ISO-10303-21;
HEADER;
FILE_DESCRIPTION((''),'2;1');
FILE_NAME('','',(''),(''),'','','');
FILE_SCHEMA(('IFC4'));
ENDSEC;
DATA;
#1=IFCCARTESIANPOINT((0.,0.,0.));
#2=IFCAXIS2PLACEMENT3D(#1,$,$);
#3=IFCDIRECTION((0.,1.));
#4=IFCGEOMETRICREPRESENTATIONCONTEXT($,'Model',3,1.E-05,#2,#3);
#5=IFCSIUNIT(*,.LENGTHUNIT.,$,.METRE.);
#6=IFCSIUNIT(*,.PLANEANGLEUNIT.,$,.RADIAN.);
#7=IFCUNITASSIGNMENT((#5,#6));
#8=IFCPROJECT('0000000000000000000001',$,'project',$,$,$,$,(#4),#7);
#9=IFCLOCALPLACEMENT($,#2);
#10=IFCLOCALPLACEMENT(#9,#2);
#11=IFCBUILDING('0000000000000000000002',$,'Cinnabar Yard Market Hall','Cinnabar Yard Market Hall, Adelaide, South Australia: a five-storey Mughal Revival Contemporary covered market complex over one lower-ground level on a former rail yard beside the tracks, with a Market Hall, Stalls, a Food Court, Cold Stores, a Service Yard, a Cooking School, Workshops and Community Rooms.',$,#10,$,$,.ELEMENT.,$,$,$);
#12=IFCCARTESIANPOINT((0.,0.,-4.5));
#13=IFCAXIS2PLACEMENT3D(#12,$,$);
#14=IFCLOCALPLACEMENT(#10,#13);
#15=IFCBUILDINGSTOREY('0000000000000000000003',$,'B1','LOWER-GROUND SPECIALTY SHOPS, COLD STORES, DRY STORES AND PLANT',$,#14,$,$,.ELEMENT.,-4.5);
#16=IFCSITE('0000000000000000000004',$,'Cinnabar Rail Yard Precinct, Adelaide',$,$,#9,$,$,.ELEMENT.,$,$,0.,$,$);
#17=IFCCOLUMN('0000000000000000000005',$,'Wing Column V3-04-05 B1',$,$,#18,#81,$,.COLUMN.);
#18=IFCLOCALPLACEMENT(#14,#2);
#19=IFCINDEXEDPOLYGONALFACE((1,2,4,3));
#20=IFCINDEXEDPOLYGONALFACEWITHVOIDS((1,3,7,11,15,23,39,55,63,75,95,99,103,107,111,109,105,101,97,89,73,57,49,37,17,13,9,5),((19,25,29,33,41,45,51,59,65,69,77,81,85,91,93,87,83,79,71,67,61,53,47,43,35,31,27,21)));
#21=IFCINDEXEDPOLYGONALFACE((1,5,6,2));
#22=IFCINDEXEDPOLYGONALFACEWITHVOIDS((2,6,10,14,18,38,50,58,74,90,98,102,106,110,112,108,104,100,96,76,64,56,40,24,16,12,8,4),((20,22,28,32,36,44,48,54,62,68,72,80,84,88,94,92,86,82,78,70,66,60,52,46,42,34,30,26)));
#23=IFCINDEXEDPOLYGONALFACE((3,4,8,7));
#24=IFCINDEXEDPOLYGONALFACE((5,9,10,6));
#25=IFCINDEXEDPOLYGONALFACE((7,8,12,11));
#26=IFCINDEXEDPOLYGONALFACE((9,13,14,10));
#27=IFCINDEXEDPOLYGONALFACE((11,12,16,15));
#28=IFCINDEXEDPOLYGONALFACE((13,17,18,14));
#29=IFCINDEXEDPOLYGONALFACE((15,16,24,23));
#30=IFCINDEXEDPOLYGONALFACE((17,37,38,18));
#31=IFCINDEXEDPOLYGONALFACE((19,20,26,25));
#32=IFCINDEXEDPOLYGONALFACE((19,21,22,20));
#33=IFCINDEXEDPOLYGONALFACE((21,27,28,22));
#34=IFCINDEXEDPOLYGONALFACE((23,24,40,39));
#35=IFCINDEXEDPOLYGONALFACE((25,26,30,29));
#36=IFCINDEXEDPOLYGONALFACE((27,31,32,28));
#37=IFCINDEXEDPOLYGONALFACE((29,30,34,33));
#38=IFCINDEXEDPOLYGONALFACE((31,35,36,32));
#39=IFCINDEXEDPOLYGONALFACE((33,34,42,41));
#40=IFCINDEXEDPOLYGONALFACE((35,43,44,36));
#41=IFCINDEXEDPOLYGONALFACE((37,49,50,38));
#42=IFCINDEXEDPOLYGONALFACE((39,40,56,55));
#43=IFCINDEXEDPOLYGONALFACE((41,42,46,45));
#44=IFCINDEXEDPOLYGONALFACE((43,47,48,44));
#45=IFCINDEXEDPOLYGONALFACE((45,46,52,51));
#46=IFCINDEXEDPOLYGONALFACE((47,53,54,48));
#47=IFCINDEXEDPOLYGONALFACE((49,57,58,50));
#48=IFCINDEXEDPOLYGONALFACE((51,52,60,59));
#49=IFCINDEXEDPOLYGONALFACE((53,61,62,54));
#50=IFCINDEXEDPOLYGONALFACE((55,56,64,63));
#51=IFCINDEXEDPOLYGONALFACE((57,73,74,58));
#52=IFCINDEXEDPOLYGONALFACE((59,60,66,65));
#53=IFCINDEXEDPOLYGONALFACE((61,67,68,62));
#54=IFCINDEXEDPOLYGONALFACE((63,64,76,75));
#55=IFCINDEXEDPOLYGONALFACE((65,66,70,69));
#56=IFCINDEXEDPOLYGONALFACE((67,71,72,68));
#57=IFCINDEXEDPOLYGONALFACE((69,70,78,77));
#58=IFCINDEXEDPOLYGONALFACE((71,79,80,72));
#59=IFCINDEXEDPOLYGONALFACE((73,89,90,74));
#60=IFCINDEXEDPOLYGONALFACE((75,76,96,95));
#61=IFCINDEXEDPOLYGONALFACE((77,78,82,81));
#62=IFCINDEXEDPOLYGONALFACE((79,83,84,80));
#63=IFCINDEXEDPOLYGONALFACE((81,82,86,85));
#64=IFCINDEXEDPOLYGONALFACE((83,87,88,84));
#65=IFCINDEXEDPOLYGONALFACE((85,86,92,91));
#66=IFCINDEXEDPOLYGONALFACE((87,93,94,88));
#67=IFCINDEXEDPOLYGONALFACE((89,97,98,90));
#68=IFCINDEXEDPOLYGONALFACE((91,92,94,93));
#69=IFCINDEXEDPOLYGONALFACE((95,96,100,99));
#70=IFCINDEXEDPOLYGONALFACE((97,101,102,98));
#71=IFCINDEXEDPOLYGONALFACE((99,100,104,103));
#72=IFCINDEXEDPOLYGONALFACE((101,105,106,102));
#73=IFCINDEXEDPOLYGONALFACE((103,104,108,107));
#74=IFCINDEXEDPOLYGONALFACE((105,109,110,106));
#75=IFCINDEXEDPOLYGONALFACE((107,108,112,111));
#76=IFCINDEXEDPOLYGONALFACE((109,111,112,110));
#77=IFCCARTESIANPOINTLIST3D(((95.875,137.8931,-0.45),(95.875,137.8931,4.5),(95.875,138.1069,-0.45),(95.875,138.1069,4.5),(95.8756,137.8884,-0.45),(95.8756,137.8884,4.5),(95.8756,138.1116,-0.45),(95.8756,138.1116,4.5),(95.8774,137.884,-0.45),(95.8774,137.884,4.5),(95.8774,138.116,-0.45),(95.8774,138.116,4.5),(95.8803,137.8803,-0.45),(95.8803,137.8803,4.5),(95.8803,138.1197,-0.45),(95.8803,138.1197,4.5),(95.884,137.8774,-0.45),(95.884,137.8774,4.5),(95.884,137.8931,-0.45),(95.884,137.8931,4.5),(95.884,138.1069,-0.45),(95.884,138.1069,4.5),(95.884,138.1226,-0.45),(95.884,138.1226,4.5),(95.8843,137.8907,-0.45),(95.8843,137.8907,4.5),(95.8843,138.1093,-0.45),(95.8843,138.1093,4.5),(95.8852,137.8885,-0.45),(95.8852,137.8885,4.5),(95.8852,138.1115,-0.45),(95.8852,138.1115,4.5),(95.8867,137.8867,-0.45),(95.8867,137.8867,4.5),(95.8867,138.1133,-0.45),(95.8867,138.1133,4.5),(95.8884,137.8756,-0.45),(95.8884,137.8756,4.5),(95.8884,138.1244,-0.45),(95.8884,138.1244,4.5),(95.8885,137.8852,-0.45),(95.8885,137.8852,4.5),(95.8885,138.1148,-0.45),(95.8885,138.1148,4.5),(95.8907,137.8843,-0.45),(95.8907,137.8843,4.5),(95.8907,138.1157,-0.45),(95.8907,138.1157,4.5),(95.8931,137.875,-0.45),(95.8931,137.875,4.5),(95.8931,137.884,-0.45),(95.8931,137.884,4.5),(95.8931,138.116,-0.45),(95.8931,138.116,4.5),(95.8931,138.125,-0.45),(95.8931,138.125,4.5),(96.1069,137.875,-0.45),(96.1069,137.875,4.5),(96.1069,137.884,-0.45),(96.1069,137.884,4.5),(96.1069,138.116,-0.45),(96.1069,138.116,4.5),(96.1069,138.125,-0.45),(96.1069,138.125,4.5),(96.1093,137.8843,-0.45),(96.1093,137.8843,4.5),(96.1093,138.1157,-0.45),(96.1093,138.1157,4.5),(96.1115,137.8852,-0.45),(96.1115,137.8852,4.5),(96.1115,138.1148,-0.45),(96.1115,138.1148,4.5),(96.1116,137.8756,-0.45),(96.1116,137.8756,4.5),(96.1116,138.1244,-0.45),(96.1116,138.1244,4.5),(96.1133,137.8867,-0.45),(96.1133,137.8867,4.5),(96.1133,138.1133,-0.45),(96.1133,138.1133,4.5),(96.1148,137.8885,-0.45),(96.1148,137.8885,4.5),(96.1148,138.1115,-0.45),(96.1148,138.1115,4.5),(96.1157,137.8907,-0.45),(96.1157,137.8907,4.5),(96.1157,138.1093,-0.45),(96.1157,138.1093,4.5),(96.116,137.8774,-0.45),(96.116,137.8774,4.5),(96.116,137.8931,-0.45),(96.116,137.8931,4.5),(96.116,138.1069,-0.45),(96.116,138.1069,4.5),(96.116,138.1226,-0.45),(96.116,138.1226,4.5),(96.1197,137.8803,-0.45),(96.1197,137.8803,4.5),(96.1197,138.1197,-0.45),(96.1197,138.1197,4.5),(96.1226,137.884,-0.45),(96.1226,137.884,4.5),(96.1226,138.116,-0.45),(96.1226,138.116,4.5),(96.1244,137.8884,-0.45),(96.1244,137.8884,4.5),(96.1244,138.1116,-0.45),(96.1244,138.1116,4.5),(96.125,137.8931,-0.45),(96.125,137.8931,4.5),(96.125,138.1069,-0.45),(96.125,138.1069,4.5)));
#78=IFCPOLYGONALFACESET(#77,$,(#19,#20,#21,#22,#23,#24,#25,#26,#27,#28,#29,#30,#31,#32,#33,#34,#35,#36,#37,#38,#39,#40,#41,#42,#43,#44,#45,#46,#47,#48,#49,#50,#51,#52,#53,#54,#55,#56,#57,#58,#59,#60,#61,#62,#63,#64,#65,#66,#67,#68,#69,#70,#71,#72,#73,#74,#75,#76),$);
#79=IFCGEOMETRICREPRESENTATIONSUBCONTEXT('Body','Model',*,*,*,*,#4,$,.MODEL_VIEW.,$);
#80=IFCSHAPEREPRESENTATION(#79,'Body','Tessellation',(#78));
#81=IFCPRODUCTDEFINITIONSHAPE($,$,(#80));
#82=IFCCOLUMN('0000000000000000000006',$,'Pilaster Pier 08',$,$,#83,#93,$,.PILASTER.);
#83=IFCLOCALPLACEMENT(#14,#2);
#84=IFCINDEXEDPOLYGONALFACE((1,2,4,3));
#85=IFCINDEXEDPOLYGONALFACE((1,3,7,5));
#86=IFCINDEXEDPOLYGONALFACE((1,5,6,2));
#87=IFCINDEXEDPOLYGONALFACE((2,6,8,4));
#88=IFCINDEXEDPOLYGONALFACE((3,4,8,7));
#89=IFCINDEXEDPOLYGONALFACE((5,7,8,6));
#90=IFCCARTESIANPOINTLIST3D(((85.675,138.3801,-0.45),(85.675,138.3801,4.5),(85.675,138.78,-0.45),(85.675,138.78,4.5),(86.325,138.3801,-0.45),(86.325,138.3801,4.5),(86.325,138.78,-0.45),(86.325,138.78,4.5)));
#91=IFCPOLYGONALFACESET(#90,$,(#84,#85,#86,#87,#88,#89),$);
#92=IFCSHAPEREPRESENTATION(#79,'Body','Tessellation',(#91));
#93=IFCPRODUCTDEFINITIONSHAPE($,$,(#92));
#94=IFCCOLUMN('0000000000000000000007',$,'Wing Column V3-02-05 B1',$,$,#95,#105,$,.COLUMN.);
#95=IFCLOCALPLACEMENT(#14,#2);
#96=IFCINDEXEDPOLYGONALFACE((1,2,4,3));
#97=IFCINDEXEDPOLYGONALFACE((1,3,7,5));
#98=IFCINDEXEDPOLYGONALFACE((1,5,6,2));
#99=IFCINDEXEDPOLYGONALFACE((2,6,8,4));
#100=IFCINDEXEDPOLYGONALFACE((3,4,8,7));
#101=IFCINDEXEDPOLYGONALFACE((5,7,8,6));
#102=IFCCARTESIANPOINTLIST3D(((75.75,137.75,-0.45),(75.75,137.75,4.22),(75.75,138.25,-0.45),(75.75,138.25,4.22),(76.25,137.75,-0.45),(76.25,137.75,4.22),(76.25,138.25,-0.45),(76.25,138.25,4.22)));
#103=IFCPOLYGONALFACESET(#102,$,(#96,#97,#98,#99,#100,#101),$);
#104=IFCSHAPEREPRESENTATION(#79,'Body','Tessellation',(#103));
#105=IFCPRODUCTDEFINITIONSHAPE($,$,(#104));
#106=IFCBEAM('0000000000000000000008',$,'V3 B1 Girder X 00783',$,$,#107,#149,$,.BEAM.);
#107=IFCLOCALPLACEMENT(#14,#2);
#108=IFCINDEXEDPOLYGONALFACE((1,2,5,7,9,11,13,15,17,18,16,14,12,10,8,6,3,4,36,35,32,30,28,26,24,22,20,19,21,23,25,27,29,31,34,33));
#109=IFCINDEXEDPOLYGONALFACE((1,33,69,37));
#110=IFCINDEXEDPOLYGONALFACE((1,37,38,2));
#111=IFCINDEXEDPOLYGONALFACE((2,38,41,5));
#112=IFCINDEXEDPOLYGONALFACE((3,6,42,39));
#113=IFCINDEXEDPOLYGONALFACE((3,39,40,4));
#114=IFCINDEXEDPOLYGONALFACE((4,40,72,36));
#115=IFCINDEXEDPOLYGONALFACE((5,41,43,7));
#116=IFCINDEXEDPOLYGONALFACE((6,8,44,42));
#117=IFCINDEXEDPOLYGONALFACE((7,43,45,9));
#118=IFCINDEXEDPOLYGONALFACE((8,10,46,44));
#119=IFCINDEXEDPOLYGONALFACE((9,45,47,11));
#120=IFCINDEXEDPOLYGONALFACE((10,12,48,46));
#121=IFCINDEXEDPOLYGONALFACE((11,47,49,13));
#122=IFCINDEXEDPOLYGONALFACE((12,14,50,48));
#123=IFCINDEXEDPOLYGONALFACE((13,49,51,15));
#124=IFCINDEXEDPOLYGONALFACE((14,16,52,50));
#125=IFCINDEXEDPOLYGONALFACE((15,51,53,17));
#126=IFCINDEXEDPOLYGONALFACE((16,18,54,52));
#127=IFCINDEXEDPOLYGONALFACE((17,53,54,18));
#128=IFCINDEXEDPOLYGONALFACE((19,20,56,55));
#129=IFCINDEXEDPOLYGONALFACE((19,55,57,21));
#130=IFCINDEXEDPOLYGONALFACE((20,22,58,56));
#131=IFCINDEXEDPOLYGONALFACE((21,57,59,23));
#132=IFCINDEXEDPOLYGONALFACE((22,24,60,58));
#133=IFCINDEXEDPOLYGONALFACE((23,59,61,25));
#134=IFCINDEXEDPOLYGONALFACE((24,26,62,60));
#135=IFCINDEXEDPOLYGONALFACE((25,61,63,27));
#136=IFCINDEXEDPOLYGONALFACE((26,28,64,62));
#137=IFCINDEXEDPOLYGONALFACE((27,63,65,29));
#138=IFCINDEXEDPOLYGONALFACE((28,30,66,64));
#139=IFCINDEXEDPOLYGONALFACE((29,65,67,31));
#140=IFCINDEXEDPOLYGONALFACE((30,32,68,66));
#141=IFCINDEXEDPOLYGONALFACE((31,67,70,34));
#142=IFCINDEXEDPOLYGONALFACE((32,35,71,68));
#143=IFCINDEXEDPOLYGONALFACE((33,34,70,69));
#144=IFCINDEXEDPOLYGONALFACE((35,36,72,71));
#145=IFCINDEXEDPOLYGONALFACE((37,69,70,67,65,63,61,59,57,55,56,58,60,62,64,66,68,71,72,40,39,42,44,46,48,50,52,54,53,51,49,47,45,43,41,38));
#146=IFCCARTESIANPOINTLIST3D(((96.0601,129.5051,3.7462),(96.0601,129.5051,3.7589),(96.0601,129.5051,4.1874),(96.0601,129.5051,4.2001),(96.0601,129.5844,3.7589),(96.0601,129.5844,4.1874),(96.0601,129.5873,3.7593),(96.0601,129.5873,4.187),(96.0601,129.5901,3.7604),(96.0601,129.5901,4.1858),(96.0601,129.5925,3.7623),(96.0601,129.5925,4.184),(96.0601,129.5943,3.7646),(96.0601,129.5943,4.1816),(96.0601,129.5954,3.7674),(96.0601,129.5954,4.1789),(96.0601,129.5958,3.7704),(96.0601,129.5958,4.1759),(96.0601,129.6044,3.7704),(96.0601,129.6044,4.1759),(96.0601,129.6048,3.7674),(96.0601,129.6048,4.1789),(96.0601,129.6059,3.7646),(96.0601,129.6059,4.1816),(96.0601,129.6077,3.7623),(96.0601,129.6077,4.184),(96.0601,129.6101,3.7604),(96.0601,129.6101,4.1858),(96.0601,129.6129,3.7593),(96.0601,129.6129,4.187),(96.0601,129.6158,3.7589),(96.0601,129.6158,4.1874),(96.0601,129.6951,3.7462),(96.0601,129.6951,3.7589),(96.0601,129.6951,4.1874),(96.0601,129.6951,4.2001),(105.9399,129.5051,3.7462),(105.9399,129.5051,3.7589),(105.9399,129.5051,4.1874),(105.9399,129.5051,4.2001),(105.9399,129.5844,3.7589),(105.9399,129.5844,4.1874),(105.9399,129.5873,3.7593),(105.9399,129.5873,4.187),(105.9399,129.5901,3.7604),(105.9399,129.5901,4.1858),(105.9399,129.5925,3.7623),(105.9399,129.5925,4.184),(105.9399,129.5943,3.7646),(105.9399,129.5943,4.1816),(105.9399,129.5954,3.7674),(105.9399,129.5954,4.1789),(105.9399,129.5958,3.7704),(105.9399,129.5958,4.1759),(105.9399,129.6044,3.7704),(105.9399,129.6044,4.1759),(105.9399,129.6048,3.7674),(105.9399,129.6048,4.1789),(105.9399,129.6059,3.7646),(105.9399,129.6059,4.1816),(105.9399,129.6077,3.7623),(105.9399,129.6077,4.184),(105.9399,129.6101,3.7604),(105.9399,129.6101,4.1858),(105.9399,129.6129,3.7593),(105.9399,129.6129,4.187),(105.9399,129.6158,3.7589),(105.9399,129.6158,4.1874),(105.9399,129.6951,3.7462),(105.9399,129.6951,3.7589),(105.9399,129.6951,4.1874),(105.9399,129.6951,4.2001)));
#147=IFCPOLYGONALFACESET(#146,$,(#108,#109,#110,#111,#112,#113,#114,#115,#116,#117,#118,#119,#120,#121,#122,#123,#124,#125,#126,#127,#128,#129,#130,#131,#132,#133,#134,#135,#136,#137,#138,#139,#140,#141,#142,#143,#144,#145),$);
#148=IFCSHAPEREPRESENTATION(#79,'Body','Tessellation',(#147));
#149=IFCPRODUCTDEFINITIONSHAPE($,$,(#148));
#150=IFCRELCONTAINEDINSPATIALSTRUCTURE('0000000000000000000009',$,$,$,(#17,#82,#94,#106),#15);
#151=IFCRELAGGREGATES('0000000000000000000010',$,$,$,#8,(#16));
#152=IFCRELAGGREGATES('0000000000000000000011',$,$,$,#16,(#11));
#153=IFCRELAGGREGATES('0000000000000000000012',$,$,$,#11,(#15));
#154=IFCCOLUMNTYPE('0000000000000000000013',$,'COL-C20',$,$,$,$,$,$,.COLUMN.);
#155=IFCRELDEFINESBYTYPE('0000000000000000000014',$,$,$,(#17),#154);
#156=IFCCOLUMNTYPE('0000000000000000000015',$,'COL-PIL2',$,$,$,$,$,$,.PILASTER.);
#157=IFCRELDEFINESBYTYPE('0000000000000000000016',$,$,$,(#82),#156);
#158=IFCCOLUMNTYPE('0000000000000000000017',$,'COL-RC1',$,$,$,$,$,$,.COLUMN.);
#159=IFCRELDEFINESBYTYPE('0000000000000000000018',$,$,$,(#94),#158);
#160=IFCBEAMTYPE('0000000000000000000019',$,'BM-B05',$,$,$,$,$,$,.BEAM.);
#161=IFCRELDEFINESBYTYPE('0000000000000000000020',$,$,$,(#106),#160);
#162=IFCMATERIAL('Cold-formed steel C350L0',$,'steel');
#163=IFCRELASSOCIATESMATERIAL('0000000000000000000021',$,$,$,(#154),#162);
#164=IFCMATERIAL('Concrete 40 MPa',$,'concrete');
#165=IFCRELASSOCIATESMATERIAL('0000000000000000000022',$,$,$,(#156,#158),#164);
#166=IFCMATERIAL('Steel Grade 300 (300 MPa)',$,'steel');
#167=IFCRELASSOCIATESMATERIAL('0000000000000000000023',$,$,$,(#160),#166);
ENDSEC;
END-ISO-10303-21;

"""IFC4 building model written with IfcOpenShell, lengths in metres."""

from ifc_helpers import new_model, si_unit, direction, frame, origin, origin_2d_with_axis, place, context, subcontext, project, spatial, rectangle, hollow_rectangle, i_section, extrude, material, material_profile, profile_set, type_object, element, save


model = new_model("IFC4")

# Units and contexts
model_context = context("Model", 3, precision=1e-05, world=origin(), true_north=direction((0.0, 1.0)))
body_context = subcontext(model_context, "Body", "Model", "MODEL_VIEW")
ifc_project = project(units=[si_unit("LENGTHUNIT", "METRE"), si_unit("PLANEANGLEUNIT", "RADIAN")], contexts=[model_context])

# Site, building, storey
site_placement = place(None, origin())
site = spatial("IfcSite", under=ifc_project, at=site_placement, Name="Cinnabar Rail Yard Precinct, Adelaide", CompositionType="ELEMENT", RefElevation=0.0)
building_placement = place(site_placement, origin())
building = spatial("IfcBuilding", under=site, at=building_placement, Name="Cinnabar Yard Market Hall", Description="Cinnabar Yard Market Hall, Adelaide, South Australia: a five-storey Mughal Revival Contemporary covered market complex over one lower-ground level on a former rail yard beside the tracks, with a Market Hall, Stalls, a Food Court, Cold Stores, a Service Yard, a Cooking School, Workshops and Community Rooms.", CompositionType="ELEMENT")
storey_placement = place(building_placement, frame((0.0, 0.0, -4.5)))
storey = spatial("IfcBuildingStorey", under=building, at=storey_placement, Name="B1", Description="LOWER-GROUND SPECIALTY SHOPS, COLD STORES, DRY STORES AND PLANT", CompositionType="ELEMENT", Elevation=-4.5)

# Shared definitions
ifc_material_1 = material(Name="Concrete 40 MPa", Category="concrete")

# Columns
ifc_material_2 = material(Name="Steel Grade 300 (300 MPa)", Category="steel")
ifc_material_3 = material(Name="Cold-formed steel C350L0", Category="steel")
ifc_material_profile_1 = material_profile(ifc_material_3, hollow_rectangle(XDim=0.25, YDim=0.25, WallThickness=0.009, InnerFilletRadius=0.009, OuterFilletRadius=0.0181, at=origin_2d_with_axis()), Name="250x250x9.0SHS")
ifc_profile_set_1 = profile_set([ifc_material_profile_1], Name="Cold-formed steel C350L0")
column_type_1 = type_object("IfcColumnType", Name="COL-C20", PredefinedType="COLUMN", material=ifc_profile_set_1)
column_1_placement = place(storey_placement, frame((96.0, 138.0, -0.45), z_axis=(0.0, 0.0, 1.0), x_axis=(1.0, 0.0, 0.0)))
element("IfcColumn", 1, at=column_1_placement, inside=storey, type_object=column_type_1, Name="Wing Column V3-04-05 B1", PredefinedType="COLUMN", context=body_context, shape_type="SweptSolid", body=[
    extrude(hollow_rectangle(XDim=0.25, YDim=0.25, WallThickness=0.009, InnerFilletRadius=0.009, OuterFilletRadius=0.0181, at=origin_2d_with_axis()), origin(), (0.0, 0.0, 1.0), 4.95),
])
ifc_material_profile_2 = material_profile(ifc_material_1, rectangle(XDim=0.6499, YDim=0.3999, at=origin_2d_with_axis()), Name="RC-650x400")
ifc_profile_set_2 = profile_set([ifc_material_profile_2], Name="Concrete 40 MPa")
column_type_2 = type_object("IfcColumnType", Name="COL-PIL2", PredefinedType="PILASTER", material=ifc_profile_set_2)
column_2_placement = place(storey_placement, frame((86.0, 138.5801, -0.45), z_axis=(0.0, 0.0, 1.0), x_axis=(1.0, 0.0, 0.0)))
element("IfcColumn", 2, at=column_2_placement, inside=storey, type_object=column_type_2, Name="Pilaster Pier 08", PredefinedType="PILASTER", context=body_context, shape_type="SweptSolid", body=[
    extrude(rectangle(XDim=0.6499, YDim=0.3999, at=origin_2d_with_axis()), origin(), (0.0, 0.0, 1.0), 4.95),
])
ifc_material_profile_3 = material_profile(ifc_material_1, rectangle(XDim=0.5, YDim=0.5, at=origin_2d_with_axis()), Name="RC-500x500")
ifc_profile_set_3 = profile_set([ifc_material_profile_3], Name="Concrete 40 MPa")
column_type_3 = type_object("IfcColumnType", Name="COL-RC1", PredefinedType="COLUMN", material=ifc_profile_set_3)
column_3_placement = place(storey_placement, frame((76.0, 138.0, -0.45), z_axis=(0.0, 0.0, 1.0), x_axis=(1.0, 0.0, 0.0)))
element("IfcColumn", 3, at=column_3_placement, inside=storey, type_object=column_type_3, Name="Wing Column V3-02-05 B1", PredefinedType="COLUMN", context=body_context, shape_type="SweptSolid", body=[
    extrude(rectangle(XDim=0.5, YDim=0.5, at=origin_2d_with_axis()), origin(), (0.0, 0.0, 1.0), 4.6699),
])

# Beam
ifc_material_profile_4 = material_profile(ifc_material_2, i_section(OverallWidth=0.1899, OverallDepth=0.4539, WebThickness=0.0085, FlangeThickness=0.0127, FilletRadius=0.0115, at=origin_2d_with_axis()), Name="460UB67.1")
ifc_profile_set_4 = profile_set([ifc_material_profile_4], Name="Steel Grade 300 (300 MPa)")
beam_type_1 = type_object("IfcBeamType", Name="BM-B05", PredefinedType="BEAM", material=ifc_profile_set_4)
beam_1_placement = place(storey_placement, frame((96.0601, 129.6001, 3.9731), z_axis=(1.0, 0.0, 0.0), x_axis=(0.0, 1.0, 0.0)))
element("IfcBeam", 4, at=beam_1_placement, inside=storey, type_object=beam_type_1, Name="V3 B1 Girder X 00783", PredefinedType="BEAM", context=body_context, shape_type="SweptSolid", body=[
    extrude(i_section(OverallWidth=0.1899, OverallDepth=0.4539, WebThickness=0.0085, FlangeThickness=0.0127, FilletRadius=0.0115, at=origin_2d_with_axis()), origin(), (0.0, 0.0, 1.0), 9.8799),
])

save(model, "model.ifc")
